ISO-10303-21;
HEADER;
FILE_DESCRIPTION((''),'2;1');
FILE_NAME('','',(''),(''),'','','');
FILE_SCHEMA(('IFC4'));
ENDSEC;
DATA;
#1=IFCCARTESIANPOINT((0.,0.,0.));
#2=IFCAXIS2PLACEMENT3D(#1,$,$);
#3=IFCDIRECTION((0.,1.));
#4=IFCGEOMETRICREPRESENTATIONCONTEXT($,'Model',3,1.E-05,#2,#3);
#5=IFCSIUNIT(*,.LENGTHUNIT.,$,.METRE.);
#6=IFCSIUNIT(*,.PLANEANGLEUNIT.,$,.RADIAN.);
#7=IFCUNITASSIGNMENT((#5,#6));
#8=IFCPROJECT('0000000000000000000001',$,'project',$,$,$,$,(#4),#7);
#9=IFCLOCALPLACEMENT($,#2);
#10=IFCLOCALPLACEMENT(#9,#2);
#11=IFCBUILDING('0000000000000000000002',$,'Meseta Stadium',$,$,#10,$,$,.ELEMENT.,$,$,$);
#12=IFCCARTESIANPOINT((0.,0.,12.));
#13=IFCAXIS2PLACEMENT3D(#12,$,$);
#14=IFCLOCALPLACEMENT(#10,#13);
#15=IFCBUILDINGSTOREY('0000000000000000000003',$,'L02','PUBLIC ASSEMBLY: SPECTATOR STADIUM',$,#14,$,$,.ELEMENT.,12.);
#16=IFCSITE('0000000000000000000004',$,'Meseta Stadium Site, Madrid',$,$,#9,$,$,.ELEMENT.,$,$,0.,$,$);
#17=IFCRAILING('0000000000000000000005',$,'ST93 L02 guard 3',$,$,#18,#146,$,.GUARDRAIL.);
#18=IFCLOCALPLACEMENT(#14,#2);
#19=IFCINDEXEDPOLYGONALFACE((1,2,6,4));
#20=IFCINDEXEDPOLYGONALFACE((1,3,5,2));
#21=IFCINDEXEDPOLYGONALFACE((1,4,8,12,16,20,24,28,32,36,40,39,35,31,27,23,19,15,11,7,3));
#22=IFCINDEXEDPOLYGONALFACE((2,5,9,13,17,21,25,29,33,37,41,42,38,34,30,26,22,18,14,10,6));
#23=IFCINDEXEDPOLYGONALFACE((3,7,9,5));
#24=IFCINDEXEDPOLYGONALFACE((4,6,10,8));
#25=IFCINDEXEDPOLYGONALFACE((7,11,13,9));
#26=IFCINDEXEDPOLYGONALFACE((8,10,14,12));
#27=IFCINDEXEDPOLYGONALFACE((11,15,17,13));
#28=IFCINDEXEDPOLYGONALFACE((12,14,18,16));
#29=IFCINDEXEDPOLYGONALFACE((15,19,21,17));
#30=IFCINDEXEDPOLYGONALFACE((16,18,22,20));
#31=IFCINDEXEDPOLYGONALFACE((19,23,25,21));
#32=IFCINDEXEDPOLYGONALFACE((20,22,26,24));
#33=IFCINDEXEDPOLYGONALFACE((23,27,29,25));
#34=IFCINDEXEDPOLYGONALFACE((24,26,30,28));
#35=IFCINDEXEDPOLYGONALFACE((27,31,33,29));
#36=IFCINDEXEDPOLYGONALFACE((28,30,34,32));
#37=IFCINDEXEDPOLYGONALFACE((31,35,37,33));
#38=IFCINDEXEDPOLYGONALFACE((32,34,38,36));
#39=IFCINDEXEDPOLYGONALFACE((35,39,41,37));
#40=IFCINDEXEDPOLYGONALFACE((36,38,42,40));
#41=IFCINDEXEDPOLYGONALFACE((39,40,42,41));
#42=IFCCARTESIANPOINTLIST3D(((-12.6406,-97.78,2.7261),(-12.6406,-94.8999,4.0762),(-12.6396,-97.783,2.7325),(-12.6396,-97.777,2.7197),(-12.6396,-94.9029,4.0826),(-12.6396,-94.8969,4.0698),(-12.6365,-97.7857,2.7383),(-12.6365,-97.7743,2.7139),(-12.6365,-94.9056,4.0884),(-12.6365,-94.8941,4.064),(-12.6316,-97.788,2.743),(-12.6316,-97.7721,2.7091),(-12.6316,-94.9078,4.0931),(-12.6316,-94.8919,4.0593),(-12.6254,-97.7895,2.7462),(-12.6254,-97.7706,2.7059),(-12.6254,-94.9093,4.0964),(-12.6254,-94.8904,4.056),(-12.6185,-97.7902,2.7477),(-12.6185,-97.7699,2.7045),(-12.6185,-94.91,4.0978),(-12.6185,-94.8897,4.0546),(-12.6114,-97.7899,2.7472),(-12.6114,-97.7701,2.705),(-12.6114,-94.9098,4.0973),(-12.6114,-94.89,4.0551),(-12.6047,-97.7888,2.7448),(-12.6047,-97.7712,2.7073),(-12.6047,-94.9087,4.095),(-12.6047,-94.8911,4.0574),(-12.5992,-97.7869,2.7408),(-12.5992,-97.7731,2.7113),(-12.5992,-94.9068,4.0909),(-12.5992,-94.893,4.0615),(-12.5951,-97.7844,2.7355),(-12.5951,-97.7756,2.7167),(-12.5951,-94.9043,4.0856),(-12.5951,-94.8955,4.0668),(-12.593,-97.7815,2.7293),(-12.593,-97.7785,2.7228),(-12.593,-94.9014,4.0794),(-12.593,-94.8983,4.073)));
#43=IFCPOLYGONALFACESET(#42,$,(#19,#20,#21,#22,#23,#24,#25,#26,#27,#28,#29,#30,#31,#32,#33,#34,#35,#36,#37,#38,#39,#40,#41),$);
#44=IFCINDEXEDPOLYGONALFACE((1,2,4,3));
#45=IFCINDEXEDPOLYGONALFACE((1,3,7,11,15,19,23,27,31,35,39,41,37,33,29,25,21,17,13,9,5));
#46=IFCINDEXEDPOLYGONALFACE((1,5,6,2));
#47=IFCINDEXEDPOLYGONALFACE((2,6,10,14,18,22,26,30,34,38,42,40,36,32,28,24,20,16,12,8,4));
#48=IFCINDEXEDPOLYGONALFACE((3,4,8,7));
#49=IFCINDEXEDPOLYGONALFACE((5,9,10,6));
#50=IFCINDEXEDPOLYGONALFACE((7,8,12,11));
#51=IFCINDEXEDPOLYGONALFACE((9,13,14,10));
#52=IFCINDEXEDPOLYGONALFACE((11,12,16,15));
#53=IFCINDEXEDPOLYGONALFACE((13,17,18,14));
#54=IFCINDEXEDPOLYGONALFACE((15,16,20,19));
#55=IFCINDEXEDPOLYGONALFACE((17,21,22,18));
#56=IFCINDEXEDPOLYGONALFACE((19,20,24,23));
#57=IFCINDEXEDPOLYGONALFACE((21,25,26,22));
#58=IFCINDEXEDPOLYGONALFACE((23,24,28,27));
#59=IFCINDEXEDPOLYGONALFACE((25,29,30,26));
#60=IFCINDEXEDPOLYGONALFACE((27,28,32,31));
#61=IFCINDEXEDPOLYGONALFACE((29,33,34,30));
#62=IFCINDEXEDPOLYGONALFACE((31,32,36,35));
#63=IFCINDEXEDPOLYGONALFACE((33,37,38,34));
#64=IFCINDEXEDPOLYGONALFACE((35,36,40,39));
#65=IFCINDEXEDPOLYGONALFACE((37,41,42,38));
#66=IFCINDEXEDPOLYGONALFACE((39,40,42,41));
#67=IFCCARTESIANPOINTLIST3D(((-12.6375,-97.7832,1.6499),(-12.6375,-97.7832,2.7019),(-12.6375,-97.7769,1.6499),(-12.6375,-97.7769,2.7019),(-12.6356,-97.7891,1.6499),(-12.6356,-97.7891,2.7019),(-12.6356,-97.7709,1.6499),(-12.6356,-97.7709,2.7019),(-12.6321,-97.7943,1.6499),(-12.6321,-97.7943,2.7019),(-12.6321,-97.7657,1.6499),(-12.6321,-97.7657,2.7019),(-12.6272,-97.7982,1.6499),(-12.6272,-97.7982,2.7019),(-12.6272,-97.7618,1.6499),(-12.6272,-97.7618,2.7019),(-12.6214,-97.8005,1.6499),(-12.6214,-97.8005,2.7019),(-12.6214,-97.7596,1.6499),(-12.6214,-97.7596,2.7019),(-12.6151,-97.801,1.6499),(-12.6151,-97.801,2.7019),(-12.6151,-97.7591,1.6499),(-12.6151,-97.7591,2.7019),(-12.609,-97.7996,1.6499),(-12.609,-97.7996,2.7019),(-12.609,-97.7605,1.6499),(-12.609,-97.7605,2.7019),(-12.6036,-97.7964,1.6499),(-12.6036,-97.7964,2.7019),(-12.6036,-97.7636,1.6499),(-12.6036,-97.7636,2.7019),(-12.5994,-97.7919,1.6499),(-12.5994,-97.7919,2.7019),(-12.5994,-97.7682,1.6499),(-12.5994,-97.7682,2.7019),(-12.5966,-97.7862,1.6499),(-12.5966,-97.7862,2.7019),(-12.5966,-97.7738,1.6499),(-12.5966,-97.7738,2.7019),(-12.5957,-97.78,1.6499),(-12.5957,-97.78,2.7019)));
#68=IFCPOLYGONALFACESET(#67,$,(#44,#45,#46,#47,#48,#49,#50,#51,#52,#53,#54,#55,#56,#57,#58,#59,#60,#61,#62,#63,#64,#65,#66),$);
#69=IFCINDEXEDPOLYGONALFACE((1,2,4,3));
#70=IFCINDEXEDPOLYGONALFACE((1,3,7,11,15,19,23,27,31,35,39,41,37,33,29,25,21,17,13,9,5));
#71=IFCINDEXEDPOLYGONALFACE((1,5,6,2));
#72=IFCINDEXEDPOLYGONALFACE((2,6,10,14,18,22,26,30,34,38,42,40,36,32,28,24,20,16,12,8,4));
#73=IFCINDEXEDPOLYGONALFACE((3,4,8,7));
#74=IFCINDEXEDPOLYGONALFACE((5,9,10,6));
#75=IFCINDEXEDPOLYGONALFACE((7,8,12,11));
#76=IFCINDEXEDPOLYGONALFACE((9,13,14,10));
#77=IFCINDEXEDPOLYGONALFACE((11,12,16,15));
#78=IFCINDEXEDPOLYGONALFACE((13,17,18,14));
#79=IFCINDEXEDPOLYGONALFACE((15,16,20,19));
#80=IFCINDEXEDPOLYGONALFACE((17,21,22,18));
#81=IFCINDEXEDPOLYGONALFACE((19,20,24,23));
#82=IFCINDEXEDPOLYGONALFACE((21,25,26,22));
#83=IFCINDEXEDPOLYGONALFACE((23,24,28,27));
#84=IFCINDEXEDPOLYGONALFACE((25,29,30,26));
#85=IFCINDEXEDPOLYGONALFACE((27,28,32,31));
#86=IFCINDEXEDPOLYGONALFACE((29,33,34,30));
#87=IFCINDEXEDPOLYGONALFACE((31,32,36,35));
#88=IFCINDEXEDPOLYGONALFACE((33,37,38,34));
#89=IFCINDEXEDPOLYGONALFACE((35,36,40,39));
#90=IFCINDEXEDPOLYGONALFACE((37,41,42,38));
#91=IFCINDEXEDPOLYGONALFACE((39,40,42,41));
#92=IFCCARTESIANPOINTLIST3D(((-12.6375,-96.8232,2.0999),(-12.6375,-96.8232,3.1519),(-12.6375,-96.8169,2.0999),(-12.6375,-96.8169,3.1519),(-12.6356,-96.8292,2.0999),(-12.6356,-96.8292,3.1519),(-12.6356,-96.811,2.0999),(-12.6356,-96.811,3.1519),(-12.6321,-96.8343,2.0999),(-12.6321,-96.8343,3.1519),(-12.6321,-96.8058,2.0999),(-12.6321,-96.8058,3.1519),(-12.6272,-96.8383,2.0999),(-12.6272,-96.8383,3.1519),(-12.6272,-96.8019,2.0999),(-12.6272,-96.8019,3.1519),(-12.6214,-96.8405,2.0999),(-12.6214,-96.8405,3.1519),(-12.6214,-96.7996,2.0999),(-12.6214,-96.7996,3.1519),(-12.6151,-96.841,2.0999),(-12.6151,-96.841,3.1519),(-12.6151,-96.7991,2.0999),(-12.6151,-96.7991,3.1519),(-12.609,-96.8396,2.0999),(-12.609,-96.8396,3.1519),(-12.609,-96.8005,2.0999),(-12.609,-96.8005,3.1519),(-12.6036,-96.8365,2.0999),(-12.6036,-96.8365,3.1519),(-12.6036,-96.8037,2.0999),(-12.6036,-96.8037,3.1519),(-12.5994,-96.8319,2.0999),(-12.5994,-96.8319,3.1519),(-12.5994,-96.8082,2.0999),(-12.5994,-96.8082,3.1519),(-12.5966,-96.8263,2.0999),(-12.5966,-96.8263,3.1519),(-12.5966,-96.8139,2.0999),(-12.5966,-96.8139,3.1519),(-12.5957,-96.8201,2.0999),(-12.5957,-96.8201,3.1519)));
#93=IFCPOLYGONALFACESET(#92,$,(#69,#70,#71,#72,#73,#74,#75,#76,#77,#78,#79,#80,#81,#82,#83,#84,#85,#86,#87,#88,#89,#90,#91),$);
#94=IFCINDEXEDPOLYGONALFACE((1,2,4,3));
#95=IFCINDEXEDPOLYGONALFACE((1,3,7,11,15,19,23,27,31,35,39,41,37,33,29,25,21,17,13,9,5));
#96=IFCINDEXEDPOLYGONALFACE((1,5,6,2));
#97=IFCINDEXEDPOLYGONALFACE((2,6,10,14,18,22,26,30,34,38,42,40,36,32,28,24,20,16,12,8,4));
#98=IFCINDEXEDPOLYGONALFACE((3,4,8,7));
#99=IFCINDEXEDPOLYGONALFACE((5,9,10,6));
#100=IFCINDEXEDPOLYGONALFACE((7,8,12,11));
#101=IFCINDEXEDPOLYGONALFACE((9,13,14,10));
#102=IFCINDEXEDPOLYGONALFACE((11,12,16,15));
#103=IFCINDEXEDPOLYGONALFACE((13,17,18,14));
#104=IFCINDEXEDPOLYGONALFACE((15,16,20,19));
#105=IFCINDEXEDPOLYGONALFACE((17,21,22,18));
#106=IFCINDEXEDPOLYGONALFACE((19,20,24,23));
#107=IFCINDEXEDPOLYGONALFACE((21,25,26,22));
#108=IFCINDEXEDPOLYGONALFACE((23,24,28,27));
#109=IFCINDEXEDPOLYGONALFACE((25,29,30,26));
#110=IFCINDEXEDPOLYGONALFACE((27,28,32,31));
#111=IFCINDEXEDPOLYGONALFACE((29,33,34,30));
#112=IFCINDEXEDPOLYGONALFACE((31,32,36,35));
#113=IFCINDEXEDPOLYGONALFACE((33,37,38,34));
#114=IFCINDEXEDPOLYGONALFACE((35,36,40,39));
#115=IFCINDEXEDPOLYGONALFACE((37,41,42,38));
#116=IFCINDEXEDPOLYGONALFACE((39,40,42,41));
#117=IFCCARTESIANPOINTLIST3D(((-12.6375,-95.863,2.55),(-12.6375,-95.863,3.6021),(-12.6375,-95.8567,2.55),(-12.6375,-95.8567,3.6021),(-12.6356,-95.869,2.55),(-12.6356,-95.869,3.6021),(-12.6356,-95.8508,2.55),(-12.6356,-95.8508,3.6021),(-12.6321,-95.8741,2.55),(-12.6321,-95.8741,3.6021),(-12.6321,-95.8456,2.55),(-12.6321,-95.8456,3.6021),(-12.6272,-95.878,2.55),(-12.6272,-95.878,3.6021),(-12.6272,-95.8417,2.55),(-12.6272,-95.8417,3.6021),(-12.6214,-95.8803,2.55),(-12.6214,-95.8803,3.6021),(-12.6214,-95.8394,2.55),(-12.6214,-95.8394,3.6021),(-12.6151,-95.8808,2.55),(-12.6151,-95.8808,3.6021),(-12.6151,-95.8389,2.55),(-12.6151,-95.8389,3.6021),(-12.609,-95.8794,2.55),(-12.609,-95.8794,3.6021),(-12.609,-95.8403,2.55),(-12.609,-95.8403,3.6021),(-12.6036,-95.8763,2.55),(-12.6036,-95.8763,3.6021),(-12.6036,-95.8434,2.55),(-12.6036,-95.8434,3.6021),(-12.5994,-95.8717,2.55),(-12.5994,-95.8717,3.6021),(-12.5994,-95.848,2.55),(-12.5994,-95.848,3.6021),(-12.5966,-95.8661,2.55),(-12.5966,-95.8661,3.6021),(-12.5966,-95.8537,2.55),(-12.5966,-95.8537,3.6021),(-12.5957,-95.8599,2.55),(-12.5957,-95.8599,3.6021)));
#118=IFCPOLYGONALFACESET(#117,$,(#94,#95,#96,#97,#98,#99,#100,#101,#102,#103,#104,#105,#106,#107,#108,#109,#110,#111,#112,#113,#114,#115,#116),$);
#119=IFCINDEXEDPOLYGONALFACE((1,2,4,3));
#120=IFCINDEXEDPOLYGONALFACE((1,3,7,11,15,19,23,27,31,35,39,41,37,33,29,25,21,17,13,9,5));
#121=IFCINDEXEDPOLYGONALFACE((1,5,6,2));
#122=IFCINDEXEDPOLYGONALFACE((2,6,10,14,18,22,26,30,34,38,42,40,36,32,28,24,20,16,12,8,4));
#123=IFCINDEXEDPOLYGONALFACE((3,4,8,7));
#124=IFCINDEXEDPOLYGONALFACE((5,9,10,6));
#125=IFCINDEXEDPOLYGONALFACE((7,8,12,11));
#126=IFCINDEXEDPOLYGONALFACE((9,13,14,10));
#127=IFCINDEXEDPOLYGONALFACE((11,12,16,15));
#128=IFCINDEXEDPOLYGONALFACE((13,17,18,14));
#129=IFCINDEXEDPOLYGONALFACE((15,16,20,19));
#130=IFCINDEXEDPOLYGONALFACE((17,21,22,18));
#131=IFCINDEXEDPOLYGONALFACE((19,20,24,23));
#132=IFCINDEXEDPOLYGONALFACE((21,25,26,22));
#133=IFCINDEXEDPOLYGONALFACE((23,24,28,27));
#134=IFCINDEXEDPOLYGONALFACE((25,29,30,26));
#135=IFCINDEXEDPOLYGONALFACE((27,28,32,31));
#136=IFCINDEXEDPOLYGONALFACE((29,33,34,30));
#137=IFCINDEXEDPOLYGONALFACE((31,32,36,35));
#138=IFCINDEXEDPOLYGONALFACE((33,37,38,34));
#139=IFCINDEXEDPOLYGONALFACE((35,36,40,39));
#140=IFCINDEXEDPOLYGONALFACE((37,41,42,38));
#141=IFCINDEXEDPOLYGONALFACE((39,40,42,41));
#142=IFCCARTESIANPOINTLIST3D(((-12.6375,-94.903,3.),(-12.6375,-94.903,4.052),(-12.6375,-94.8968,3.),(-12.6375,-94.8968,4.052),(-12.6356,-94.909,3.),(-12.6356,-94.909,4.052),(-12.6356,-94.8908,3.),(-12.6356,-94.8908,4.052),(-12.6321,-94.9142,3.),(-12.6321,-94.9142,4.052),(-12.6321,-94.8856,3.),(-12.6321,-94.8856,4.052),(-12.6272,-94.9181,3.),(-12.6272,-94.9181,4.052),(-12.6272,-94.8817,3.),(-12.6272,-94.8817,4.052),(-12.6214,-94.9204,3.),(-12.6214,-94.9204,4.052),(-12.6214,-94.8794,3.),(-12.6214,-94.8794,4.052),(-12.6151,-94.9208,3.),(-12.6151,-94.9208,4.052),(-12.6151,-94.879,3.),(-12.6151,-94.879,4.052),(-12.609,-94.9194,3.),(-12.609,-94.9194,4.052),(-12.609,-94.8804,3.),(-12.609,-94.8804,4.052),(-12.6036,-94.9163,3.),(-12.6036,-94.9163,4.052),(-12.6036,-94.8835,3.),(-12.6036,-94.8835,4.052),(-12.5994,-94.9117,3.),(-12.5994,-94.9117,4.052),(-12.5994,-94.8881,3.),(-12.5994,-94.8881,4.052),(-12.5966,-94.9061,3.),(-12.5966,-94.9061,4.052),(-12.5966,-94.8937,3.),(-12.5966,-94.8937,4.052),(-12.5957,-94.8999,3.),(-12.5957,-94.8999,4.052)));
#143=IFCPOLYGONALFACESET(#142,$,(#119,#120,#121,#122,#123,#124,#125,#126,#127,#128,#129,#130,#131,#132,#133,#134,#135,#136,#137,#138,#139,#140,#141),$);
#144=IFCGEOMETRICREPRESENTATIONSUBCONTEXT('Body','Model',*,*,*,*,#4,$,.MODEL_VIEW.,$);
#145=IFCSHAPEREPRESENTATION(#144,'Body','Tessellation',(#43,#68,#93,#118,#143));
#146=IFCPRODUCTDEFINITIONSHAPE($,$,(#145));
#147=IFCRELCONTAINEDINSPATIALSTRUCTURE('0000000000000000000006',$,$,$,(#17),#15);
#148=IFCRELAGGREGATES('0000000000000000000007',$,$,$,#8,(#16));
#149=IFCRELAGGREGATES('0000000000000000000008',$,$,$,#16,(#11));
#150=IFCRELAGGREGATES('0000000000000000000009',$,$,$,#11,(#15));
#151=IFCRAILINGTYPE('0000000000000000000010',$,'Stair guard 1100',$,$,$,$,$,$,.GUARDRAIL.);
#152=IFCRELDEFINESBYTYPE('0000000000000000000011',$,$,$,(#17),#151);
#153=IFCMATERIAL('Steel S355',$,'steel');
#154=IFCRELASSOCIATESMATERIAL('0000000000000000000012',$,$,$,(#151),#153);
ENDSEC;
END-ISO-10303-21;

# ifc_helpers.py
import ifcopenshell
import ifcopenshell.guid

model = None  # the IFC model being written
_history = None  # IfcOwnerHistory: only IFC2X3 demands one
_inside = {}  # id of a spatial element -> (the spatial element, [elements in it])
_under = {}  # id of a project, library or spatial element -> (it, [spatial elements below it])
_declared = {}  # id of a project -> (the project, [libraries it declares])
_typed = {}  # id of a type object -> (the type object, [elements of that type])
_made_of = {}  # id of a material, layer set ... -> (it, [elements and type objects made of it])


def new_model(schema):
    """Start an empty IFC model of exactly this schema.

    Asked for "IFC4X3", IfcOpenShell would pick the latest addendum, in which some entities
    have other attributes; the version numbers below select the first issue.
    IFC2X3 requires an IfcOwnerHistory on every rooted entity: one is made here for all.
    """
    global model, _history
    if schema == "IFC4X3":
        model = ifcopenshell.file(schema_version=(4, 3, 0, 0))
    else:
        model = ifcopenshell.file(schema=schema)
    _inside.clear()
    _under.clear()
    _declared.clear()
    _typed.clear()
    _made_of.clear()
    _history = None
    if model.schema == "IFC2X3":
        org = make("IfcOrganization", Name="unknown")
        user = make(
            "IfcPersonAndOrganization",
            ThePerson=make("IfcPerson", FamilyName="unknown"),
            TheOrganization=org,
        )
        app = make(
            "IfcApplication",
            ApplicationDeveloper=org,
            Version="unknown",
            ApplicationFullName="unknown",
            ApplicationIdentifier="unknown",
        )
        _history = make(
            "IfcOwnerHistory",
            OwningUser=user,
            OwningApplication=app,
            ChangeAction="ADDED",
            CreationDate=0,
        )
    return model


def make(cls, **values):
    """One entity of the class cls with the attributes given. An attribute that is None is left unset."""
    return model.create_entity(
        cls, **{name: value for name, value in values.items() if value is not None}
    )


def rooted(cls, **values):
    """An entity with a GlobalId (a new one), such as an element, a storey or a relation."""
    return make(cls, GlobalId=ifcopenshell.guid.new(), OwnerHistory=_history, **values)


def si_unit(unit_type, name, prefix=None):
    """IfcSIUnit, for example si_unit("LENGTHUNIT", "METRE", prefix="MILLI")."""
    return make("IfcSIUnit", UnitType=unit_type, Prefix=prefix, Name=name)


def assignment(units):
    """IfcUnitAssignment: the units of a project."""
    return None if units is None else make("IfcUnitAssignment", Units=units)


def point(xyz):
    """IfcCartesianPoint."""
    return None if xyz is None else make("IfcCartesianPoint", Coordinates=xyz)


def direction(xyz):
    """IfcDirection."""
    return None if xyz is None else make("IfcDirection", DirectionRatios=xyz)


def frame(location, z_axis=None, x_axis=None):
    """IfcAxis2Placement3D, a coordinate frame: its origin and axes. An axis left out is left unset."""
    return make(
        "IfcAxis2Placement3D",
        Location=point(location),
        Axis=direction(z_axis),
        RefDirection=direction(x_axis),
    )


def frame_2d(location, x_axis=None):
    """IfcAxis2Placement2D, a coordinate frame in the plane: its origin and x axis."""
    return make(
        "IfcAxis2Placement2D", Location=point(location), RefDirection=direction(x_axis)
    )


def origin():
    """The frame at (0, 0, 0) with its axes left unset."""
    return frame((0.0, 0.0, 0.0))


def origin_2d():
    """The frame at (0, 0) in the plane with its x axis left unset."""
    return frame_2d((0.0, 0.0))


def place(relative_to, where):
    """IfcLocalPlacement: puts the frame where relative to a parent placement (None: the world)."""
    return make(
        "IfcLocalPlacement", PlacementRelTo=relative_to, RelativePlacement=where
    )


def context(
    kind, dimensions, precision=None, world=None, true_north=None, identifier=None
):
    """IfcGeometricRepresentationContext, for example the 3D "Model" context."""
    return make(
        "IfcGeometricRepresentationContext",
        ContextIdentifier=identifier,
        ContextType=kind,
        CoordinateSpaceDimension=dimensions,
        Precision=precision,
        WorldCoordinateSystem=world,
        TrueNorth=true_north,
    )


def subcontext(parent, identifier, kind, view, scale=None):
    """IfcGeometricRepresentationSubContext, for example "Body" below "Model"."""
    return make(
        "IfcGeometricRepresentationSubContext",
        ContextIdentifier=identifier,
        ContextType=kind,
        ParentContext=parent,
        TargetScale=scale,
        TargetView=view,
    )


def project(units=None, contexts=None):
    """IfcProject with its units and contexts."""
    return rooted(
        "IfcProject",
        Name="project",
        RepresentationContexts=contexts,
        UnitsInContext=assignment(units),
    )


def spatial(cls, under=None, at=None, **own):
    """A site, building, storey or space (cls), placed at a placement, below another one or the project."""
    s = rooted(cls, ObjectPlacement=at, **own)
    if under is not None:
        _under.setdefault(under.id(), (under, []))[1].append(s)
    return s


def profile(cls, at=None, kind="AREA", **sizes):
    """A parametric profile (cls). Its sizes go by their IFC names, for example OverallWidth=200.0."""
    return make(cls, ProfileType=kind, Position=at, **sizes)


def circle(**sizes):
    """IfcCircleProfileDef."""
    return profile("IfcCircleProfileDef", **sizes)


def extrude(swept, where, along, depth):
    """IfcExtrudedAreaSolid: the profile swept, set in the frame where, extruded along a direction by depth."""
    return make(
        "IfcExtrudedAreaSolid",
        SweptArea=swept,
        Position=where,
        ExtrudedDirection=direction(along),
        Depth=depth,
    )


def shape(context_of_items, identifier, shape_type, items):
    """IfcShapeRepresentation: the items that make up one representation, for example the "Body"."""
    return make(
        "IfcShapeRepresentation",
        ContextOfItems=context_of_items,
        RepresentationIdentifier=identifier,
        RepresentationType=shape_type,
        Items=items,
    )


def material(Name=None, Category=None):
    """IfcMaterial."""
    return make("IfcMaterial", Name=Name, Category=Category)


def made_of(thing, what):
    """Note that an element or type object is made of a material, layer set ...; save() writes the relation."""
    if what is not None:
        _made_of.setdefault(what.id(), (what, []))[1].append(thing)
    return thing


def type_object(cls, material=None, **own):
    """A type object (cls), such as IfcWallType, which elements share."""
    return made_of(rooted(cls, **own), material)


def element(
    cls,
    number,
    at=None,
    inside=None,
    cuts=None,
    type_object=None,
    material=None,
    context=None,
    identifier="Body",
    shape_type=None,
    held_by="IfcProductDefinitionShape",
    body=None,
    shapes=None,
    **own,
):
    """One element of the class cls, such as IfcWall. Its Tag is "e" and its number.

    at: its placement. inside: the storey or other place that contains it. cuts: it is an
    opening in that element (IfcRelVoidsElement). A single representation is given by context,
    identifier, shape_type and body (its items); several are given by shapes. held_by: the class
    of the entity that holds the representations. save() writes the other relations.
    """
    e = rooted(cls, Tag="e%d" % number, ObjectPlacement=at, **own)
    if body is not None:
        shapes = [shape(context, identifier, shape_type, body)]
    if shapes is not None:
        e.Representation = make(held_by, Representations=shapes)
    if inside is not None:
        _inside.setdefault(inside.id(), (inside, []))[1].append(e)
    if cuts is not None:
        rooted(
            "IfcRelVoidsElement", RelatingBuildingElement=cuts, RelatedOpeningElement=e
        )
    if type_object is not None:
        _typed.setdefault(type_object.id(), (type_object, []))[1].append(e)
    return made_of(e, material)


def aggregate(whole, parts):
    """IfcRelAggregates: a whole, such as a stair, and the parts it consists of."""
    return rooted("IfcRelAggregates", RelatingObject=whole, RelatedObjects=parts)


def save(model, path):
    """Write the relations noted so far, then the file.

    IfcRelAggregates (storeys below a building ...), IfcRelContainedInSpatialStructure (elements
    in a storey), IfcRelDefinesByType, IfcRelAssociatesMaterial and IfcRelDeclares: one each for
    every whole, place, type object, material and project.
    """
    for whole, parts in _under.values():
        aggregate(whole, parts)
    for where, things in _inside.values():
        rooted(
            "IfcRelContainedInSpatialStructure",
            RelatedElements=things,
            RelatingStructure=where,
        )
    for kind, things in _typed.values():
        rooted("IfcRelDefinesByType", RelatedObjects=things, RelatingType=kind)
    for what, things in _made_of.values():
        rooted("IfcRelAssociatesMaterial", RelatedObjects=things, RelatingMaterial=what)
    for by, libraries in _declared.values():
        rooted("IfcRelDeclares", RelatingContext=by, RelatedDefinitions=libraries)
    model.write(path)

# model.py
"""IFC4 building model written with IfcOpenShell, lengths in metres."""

from ifc_helpers import new_model, si_unit, direction, frame, origin, origin_2d, place, context, subcontext, project, spatial, circle, extrude, material, type_object, element, save


model = new_model("IFC4")

# Units and contexts
model_context = context("Model", 3, precision=1e-05, world=origin(), true_north=direction((0.0, 1.0)))
body_context = subcontext(model_context, "Body", "Model", "MODEL_VIEW")
ifc_project = project(units=[si_unit("LENGTHUNIT", "METRE"), si_unit("PLANEANGLEUNIT", "RADIAN")], contexts=[model_context])

# Site, building, storey
site_placement = place(None, origin())
site = spatial("IfcSite", under=ifc_project, at=site_placement, Name="Meseta Stadium Site, Madrid", CompositionType="ELEMENT", RefElevation=0.0)
building_placement = place(site_placement, origin())
building = spatial("IfcBuilding", under=site, at=building_placement, Name="Meseta Stadium", CompositionType="ELEMENT")
storey_placement = place(building_placement, frame((0.0, 0.0, 12.0)))
storey = spatial("IfcBuildingStorey", under=building, at=storey_placement, Name="L02", Description="PUBLIC ASSEMBLY: SPECTATOR STADIUM", CompositionType="ELEMENT", Elevation=12.0)

# Railing
ifc_material_1 = material(Name="Steel S355", Category="steel")
railing_type_1 = type_object("IfcRailingType", Name="Stair guard 1100", PredefinedType="GUARDRAIL", material=ifc_material_1)
railing_1_placement = place(storey_placement, frame((-12.6167, -97.78, 1.6499)))
element("IfcRailing", 1, at=railing_1_placement, inside=storey, type_object=railing_type_1, Name="ST93 L02 guard 3", PredefinedType="GUARDRAIL", context=body_context, shape_type="SweptSolid", body=[
    extrude(circle(Radius=0.0239, at=origin_2d()), frame((0.0, 0.0, 1.0762), z_axis=(0.0, 0.905454, 0.424444), x_axis=(-1.0, 0.0, 0.0)), (0.0, 0.0, 1.0), 3.1809),
    extrude(circle(Radius=0.021, at=origin_2d()), origin(), (0.0, 0.0, 1.0), 1.052),
    extrude(circle(Radius=0.021, at=origin_2d()), frame((0.0, 0.96, 0.45)), (0.0, 0.0, 1.0), 1.052),
    extrude(circle(Radius=0.021, at=origin_2d()), frame((0.0, 1.9202, 0.9001)), (0.0, 0.0, 1.0), 1.052),
    extrude(circle(Radius=0.021, at=origin_2d()), frame((0.0, 2.8801, 1.3501)), (0.0, 0.0, 1.0), 1.052),
])

save(model, "model.ifc")
